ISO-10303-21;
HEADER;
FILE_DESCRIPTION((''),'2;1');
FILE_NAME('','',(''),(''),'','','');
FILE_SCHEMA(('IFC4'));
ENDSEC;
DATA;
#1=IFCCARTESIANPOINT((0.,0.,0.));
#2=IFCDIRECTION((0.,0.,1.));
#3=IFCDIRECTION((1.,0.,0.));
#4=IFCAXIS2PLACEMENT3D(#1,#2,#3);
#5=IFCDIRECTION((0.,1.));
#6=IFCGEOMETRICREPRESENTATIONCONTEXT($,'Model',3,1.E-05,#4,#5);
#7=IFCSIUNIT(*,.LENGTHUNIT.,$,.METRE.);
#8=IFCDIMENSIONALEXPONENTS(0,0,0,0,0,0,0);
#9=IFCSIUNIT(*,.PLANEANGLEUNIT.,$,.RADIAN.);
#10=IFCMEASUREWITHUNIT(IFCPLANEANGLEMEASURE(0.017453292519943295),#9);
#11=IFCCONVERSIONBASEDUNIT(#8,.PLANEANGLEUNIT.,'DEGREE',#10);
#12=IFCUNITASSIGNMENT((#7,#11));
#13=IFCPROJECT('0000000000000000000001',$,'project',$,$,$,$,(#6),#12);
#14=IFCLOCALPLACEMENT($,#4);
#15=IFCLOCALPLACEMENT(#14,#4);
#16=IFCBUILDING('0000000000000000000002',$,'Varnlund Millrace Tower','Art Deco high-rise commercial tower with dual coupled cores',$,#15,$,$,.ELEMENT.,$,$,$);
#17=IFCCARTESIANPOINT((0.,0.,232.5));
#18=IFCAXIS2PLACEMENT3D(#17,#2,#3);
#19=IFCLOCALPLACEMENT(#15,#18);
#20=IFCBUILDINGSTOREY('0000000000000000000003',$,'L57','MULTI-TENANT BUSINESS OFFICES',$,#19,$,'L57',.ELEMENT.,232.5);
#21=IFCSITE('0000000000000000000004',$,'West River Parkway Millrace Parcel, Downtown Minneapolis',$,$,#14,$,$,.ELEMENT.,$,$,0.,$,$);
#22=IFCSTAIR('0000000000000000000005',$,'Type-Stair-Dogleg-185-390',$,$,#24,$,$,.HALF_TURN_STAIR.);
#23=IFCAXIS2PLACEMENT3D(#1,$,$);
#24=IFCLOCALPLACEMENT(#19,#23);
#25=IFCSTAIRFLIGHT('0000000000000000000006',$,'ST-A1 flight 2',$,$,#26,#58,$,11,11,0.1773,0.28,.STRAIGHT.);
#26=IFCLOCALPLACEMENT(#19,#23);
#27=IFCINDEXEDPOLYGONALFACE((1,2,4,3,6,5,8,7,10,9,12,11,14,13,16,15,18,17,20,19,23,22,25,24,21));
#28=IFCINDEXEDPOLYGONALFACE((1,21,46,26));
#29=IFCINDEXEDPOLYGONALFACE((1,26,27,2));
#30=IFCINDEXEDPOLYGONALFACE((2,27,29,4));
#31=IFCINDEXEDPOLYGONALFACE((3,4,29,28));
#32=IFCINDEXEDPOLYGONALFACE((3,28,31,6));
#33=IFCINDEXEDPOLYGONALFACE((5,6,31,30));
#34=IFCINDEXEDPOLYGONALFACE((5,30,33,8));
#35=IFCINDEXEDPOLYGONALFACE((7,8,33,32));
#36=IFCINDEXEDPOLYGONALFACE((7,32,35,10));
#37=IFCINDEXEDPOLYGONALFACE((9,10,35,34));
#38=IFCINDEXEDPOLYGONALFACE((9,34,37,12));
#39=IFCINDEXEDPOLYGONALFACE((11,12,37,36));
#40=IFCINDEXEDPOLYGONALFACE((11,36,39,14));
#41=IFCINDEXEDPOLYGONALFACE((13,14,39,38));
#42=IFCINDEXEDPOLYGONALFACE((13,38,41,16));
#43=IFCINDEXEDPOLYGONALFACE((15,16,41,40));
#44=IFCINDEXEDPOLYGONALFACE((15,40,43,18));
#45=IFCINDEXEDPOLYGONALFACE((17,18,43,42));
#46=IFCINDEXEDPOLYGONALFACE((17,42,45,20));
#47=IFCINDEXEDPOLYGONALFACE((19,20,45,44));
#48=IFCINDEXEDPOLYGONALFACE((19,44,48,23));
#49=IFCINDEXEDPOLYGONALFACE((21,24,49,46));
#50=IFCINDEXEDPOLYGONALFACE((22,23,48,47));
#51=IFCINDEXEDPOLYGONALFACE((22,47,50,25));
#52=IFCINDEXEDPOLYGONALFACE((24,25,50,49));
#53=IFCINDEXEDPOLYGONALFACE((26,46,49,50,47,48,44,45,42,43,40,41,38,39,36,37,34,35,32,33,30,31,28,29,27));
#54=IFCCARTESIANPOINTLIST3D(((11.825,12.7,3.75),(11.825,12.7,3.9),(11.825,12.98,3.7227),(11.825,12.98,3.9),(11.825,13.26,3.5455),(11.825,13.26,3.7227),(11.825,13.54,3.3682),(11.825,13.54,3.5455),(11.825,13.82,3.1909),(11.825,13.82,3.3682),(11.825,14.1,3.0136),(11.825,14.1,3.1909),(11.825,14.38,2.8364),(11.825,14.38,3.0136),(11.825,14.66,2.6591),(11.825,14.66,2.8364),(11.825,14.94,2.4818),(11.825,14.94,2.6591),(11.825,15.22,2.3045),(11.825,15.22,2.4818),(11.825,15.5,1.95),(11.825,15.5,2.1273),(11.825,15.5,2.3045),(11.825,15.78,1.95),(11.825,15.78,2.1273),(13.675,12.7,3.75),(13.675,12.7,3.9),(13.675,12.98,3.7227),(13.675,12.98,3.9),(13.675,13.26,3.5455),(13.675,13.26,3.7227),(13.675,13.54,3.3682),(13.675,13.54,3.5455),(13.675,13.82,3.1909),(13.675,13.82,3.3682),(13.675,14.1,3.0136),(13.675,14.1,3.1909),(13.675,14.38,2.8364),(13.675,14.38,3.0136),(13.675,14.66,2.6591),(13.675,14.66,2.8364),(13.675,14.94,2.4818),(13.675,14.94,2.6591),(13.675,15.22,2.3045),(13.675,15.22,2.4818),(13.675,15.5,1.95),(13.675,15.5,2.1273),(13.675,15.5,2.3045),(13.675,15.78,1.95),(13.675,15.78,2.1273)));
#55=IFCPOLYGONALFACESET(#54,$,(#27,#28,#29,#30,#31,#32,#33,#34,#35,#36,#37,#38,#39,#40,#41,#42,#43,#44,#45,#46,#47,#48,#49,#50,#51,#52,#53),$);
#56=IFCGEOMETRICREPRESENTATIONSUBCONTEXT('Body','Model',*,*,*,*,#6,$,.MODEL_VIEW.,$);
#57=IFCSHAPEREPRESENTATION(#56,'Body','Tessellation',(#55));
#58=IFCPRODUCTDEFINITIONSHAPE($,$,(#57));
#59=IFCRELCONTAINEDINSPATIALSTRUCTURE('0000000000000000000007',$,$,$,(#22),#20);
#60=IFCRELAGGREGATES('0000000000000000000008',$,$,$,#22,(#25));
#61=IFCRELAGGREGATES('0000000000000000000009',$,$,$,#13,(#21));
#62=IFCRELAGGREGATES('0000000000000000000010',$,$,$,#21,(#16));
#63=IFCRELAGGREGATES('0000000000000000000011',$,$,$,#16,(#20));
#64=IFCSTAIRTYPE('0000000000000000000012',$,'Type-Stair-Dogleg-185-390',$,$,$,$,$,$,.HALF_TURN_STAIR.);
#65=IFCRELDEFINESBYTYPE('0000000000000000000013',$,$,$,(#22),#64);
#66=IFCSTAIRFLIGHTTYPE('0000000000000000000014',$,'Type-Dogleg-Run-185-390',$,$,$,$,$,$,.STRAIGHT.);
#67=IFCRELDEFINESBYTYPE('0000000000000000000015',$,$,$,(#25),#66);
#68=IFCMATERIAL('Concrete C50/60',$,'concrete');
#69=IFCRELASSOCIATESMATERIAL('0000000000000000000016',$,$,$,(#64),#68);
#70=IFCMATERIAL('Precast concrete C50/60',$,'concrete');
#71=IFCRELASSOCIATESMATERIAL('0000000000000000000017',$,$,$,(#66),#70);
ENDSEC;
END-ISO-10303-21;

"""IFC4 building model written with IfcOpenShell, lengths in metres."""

from ifc_helpers import new_model, entity, si_unit, converted_unit, direction, frame, origin_with_axes, place, context, subcontext, project, spatial, polyline, outline, extrude, material, type_object, element, aggregate, save


model = new_model("IFC4")

# Units and contexts
model_context = context("Model", 3, precision=1e-05, world=origin_with_axes(), true_north=direction((0.0, 1.0)))
body_context = subcontext(model_context, "Body", "Model", "MODEL_VIEW")
ifc_project = project(units=[si_unit("LENGTHUNIT", "METRE"), converted_unit("PLANEANGLEUNIT", "DEGREE", entity("IfcPlaneAngleMeasure", 0.017453292519943295), si_unit("PLANEANGLEUNIT", "RADIAN"), dimensions=[0, 0, 0, 0, 0, 0, 0])], contexts=[model_context])

# Site, building, storey
site_placement = place(None, origin_with_axes())
site = spatial("IfcSite", under=ifc_project, at=site_placement, Name="West River Parkway Millrace Parcel, Downtown Minneapolis", CompositionType="ELEMENT", RefElevation=0.0)
building_placement = place(site_placement, origin_with_axes())
building = spatial("IfcBuilding", under=site, at=building_placement, Name="Varnlund Millrace Tower", Description="Art Deco high-rise commercial tower with dual coupled cores", CompositionType="ELEMENT")
storey_placement = place(building_placement, frame((0.0, 0.0, 232.5), z_axis=(0.0, 0.0, 1.0), x_axis=(1.0, 0.0, 0.0)))
storey = spatial("IfcBuildingStorey", under=building, at=storey_placement, Name="L57", Description="MULTI-TENANT BUSINESS OFFICES", LongName="L57", CompositionType="ELEMENT", Elevation=232.5)

# Stair, stair flight
ifc_material_1 = material(Name="Concrete C50/60", Category="concrete")
stair_type = type_object("IfcStairType", Name="Type-Stair-Dogleg-185-390", PredefinedType="HALF_TURN_STAIR", material=ifc_material_1)
stair_placement = place(storey_placement, origin_with_axes())
stair = element("IfcStair", 1, at=stair_placement, inside=storey, type_object=stair_type, Name="Type-Stair-Dogleg-185-390", PredefinedType="HALF_TURN_STAIR")
ifc_material_2 = material(Name="Precast concrete C50/60", Category="concrete")
stair_flight_type = type_object("IfcStairFlightType", Name="Type-Dogleg-Run-185-390", PredefinedType="STRAIGHT", material=ifc_material_2)
stair_flight_placement = place(storey_placement, frame((13.675, 15.78, 1.95), z_axis=(-1.0, 0.0, 0.0), x_axis=(0.0, -1.0, 0.0)))
stair_flight = element("IfcStairFlight", 2, at=stair_flight_placement, type_object=stair_flight_type, Name="ST-A1 flight 2", NumberOfRisers=11, NumberOfTreads=11, PredefinedType="STRAIGHT", RiserHeight=0.1773, TreadLength=0.28, context=body_context, shape_type="SweptSolid", body=[
    extrude(outline(polyline([(0.0, 0.0), (0.0, 0.1773), (0.28, 0.1773), (0.28, 0.3545), (0.56, 0.3545), (0.56, 0.5318), (0.84, 0.5318), (0.84, 0.7091), (1.12, 0.7091), (1.12, 0.8864), (1.4, 0.8864), (1.4, 1.0636), (1.68, 1.0636), (1.68, 1.2409), (1.96, 1.2409), (1.96, 1.4182), (2.24, 1.4182), (2.24, 1.5955), (2.52, 1.5955), (2.52, 1.7727), (2.8, 1.7727), (2.8, 1.95), (3.08, 1.95), (3.08, 1.8), (0.28, 0.0), (0.0, 0.0)])), origin_with_axes(), (0.0, 0.0, 1.0), 1.85),
])
aggregate(stair, [stair_flight])

save(model, "model.ifc")
